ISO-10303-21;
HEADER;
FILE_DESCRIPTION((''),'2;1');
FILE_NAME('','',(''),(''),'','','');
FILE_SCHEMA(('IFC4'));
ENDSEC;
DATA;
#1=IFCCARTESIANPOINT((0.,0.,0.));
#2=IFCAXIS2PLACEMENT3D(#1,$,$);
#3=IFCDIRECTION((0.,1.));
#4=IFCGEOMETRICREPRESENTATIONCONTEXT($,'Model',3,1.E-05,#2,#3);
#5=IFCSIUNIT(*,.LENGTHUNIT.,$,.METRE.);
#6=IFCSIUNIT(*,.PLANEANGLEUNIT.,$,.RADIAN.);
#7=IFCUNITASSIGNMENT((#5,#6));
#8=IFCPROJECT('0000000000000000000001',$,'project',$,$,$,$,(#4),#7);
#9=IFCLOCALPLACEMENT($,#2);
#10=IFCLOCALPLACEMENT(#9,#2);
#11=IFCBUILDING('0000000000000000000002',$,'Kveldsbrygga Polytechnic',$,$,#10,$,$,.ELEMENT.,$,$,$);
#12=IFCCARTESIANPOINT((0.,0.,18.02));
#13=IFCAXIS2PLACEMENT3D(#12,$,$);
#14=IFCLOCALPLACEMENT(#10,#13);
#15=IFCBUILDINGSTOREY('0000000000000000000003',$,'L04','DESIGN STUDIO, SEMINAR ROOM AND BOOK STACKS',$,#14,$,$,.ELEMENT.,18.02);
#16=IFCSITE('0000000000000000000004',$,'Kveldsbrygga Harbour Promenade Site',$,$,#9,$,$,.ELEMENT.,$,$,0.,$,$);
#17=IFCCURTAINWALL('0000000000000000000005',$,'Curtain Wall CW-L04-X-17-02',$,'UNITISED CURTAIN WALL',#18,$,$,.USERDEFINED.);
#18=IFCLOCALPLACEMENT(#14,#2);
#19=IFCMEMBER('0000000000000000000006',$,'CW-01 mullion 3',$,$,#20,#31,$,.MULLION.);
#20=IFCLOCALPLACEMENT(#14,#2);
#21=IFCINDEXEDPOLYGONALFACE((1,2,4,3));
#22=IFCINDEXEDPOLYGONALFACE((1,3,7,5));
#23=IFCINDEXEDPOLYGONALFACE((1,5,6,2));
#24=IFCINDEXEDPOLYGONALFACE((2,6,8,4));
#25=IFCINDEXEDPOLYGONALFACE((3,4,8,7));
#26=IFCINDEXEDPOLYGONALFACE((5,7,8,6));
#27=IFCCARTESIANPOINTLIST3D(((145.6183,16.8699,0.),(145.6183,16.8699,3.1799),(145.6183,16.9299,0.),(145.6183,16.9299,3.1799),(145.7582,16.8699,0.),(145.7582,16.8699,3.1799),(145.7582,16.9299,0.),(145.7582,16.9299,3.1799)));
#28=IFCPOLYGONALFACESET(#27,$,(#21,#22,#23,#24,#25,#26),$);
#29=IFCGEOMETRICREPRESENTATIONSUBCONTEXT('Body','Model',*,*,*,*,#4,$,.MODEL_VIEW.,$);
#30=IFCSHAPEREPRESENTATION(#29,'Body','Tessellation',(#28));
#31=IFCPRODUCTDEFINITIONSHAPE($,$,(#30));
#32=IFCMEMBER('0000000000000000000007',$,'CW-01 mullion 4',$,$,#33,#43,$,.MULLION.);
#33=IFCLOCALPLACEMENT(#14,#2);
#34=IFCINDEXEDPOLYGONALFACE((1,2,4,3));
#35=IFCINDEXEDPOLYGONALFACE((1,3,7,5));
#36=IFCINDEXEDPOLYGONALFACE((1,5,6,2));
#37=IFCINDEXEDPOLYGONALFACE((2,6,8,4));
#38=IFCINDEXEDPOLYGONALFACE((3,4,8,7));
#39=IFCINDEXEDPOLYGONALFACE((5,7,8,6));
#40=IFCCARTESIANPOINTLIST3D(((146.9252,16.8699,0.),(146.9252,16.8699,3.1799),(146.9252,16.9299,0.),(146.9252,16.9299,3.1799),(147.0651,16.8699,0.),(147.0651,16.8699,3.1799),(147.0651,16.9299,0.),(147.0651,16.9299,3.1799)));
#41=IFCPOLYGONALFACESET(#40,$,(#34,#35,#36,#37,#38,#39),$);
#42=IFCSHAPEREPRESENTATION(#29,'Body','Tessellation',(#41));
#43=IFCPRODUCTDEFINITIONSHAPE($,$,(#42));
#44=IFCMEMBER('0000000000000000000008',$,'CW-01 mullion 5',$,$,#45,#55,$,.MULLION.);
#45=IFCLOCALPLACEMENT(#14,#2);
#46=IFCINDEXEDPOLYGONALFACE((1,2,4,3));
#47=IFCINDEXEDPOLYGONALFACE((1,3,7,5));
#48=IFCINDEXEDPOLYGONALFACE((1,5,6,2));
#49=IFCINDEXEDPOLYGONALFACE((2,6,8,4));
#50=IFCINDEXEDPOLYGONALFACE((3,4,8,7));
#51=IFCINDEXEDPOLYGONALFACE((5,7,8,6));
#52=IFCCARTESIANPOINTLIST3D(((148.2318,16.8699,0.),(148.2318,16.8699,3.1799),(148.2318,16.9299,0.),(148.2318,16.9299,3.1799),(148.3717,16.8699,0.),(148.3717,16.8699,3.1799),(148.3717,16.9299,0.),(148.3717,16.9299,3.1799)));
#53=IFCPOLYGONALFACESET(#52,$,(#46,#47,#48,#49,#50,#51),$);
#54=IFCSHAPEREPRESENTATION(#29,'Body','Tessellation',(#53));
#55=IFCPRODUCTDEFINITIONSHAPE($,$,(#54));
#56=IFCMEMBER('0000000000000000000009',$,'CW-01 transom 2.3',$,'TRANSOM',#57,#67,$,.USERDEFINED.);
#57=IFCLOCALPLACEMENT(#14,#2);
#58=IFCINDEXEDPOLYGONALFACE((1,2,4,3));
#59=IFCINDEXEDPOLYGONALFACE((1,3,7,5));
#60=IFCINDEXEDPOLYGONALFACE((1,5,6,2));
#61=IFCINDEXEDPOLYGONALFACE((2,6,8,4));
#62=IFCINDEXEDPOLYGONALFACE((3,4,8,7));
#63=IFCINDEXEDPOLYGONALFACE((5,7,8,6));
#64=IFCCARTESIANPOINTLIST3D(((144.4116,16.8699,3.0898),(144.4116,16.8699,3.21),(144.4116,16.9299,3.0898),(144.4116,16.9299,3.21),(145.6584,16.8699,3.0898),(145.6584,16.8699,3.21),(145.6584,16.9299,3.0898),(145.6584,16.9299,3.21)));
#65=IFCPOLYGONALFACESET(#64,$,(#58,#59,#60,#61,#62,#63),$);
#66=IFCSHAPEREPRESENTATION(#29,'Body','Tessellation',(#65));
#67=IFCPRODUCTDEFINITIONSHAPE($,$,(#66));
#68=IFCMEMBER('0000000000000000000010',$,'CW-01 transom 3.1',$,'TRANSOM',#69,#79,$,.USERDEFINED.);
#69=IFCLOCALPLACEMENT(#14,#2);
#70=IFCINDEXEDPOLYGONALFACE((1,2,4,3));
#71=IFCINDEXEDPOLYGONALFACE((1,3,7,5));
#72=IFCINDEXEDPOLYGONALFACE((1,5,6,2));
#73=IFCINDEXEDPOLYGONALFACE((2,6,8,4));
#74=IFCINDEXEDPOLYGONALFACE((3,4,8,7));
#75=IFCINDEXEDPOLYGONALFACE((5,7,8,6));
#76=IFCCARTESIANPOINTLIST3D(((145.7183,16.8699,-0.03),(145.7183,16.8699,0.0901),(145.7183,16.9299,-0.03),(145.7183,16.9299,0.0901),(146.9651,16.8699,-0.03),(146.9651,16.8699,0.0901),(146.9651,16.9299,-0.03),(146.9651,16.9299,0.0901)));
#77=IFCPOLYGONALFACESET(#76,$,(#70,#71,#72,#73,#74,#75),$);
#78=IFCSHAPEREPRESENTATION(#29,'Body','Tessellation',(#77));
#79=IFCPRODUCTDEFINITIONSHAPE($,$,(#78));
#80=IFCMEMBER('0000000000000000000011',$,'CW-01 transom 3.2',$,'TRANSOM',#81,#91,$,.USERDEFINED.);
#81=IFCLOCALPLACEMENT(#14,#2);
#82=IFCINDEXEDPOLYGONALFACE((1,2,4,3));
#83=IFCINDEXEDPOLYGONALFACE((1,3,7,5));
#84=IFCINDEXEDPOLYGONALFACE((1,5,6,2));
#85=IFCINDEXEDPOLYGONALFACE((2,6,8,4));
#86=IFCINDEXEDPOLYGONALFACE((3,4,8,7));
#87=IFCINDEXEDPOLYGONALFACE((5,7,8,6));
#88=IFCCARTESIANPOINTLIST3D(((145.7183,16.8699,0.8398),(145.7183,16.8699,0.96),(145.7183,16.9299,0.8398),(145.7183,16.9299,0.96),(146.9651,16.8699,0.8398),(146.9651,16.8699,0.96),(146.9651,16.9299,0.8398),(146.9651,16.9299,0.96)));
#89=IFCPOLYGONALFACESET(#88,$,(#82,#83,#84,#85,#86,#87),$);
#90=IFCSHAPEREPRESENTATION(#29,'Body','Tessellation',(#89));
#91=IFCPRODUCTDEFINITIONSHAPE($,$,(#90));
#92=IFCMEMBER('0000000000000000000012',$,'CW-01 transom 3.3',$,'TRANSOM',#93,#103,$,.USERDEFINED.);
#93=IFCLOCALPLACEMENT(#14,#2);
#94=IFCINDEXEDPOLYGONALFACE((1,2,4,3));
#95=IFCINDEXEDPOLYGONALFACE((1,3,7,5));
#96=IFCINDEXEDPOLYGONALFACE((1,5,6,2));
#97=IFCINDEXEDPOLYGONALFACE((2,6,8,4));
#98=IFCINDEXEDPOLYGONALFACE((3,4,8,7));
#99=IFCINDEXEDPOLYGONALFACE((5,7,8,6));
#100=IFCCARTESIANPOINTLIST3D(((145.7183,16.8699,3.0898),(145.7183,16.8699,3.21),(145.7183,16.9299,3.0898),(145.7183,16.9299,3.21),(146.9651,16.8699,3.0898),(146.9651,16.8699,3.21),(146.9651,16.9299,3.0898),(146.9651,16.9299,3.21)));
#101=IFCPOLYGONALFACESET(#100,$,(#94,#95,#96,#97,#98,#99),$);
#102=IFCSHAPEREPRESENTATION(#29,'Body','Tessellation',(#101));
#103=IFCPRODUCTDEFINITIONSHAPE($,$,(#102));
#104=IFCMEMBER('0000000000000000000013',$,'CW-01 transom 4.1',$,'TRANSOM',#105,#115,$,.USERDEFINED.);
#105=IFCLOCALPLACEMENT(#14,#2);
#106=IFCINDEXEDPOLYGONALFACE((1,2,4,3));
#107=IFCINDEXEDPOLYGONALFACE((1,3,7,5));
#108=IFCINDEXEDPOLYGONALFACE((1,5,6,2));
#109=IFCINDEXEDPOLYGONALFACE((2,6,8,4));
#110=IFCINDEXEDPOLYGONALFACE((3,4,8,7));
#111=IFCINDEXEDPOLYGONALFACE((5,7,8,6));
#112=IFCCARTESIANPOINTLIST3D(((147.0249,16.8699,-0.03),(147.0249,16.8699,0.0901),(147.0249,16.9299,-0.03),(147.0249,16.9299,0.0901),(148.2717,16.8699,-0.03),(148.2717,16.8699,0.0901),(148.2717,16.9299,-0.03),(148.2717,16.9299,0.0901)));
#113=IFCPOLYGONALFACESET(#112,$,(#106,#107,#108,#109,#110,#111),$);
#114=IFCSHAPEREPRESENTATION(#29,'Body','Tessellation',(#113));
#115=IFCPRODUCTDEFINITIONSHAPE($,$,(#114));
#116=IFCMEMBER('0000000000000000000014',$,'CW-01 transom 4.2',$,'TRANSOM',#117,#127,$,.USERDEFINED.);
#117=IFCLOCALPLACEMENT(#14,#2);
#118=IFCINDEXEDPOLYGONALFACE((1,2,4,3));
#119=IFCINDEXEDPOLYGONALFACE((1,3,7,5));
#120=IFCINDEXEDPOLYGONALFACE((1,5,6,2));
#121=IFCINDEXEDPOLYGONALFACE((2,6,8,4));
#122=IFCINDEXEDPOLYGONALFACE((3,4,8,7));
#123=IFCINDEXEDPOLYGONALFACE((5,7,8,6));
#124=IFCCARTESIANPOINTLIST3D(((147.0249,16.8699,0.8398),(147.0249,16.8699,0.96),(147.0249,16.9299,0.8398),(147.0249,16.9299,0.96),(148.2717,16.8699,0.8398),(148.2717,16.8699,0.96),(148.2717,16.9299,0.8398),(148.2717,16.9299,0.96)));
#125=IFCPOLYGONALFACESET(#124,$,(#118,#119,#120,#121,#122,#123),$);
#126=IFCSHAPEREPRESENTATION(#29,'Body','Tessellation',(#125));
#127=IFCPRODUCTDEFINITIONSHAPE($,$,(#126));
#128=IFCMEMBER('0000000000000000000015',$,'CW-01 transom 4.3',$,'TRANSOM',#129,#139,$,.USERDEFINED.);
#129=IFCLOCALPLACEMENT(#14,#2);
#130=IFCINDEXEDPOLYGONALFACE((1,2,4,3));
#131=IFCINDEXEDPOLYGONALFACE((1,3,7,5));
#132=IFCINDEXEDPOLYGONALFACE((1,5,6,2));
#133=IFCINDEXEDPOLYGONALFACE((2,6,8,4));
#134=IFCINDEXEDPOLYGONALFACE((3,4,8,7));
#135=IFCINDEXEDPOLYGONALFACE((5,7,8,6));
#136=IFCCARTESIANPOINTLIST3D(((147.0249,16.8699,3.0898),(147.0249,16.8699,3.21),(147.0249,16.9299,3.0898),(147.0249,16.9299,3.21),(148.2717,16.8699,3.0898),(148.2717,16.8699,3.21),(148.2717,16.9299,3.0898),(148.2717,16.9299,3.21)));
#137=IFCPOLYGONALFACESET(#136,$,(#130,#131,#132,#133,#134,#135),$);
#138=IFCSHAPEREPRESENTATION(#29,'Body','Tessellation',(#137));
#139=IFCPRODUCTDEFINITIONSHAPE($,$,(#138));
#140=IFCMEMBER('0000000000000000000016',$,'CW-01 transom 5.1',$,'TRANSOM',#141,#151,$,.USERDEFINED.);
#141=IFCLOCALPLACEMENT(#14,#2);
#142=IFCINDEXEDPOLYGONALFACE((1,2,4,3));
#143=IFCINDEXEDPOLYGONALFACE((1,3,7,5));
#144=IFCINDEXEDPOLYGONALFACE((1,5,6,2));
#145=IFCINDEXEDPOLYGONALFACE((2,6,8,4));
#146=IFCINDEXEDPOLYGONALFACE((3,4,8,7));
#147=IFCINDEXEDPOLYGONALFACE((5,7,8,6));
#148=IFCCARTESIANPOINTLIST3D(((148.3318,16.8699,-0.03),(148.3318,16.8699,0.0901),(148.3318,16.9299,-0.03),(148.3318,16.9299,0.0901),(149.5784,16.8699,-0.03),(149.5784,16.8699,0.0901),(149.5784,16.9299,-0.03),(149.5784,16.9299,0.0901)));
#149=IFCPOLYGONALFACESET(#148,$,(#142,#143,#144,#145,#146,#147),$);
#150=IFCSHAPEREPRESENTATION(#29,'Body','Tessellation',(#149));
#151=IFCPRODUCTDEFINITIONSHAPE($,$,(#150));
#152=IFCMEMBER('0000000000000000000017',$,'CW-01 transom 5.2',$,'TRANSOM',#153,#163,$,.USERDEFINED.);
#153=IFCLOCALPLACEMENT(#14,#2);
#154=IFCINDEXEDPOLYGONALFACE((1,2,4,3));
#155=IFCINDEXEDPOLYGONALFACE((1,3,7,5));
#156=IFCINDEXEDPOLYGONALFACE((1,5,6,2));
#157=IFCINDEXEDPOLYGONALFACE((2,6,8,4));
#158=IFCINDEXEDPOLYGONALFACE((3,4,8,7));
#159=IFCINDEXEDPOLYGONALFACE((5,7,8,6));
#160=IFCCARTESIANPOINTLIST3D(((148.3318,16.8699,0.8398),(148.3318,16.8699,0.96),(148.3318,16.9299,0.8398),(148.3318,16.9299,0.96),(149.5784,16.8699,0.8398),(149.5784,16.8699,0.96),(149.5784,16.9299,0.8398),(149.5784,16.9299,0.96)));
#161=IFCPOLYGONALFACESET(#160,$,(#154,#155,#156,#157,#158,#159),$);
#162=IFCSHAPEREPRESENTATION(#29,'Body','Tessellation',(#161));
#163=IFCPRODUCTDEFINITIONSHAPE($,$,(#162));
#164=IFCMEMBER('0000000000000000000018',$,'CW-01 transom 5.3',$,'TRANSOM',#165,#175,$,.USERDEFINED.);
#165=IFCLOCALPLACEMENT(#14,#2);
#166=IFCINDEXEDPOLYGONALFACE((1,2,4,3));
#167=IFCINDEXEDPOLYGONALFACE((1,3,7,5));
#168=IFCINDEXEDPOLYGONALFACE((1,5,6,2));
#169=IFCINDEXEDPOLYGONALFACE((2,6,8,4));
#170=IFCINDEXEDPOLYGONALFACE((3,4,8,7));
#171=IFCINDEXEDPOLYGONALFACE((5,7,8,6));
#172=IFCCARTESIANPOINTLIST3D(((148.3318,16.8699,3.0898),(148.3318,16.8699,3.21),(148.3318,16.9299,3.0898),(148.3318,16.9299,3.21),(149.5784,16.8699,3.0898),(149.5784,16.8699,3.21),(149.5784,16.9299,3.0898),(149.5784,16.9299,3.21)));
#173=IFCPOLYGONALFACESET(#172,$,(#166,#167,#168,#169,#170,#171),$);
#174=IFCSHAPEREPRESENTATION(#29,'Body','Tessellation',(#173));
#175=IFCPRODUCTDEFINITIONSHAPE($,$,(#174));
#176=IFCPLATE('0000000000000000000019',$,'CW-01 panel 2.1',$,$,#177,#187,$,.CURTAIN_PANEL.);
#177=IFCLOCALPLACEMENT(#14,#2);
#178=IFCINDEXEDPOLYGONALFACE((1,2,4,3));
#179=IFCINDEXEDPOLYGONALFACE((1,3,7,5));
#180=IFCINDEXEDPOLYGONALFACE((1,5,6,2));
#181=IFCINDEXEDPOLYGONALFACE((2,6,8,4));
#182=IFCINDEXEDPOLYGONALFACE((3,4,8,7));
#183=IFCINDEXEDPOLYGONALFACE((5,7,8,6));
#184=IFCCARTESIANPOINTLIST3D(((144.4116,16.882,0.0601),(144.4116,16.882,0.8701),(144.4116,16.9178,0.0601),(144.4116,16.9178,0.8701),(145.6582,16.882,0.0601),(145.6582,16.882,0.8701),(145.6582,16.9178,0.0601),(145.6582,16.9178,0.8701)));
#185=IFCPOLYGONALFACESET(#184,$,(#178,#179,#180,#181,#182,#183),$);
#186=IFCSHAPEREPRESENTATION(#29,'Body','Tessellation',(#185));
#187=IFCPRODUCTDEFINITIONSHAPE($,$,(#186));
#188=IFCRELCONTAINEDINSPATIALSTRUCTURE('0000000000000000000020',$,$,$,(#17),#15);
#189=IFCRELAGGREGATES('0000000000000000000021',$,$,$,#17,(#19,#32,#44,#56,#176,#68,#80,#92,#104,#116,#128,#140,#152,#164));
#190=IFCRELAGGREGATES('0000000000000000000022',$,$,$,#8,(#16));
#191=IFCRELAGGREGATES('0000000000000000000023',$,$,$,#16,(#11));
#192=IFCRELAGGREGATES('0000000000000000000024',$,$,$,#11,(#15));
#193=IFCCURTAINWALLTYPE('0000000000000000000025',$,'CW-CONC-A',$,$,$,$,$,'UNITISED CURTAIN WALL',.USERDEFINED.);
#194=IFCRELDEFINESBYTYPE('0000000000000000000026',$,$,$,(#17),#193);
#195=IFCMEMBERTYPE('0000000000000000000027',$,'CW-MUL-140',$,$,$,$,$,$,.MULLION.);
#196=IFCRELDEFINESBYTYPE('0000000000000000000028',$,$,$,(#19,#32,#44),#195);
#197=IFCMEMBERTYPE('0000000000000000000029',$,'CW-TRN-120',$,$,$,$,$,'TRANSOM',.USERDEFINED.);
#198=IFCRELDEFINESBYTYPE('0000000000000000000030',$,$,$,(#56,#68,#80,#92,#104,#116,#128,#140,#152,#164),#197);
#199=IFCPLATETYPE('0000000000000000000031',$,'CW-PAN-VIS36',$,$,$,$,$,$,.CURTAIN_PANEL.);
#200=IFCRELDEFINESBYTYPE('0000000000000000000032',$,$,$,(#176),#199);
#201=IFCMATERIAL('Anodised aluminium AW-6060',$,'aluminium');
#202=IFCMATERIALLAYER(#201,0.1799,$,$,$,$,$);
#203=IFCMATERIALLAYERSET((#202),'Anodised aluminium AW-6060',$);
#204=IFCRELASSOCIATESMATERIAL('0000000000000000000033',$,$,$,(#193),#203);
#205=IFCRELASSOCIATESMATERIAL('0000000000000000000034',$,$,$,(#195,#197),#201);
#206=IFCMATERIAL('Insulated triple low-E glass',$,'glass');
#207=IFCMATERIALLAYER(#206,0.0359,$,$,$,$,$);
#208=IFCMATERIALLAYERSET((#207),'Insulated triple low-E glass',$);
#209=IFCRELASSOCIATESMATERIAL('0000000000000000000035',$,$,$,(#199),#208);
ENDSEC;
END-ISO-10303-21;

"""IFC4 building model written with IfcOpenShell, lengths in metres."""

from ifc_helpers import new_model, si_unit, direction, frame, origin, origin_2d, place, context, subcontext, project, spatial, rectangle, extrude, material, layer, layer_set, material_profile, profile_set, type_object, element, aggregate, save


model = new_model("IFC4")

# Units and contexts
model_context = context("Model", 3, precision=1e-05, world=origin(), true_north=direction((0.0, 1.0)))
body_context = subcontext(model_context, "Body", "Model", "MODEL_VIEW")
ifc_project = project(units=[si_unit("LENGTHUNIT", "METRE"), si_unit("PLANEANGLEUNIT", "RADIAN")], contexts=[model_context])

# Site, building, storey
site_placement = place(None, origin())
site = spatial("IfcSite", under=ifc_project, at=site_placement, Name="Kveldsbrygga Harbour Promenade Site", CompositionType="ELEMENT", RefElevation=0.0)
building_placement = place(site_placement, origin())
building = spatial("IfcBuilding", under=site, at=building_placement, Name="Kveldsbrygga Polytechnic", CompositionType="ELEMENT")
storey_placement = place(building_placement, frame((0.0, 0.0, 18.02)))
storey = spatial("IfcBuildingStorey", under=building, at=storey_placement, Name="L04", Description="DESIGN STUDIO, SEMINAR ROOM AND BOOK STACKS", CompositionType="ELEMENT", Elevation=18.02)

# Curtain wall, members, plate
ifc_material_1 = material(Name="Anodised aluminium AW-6060", Category="aluminium")
ifc_layer_1 = layer(ifc_material_1, 0.1799)
ifc_layer_set_1 = layer_set([ifc_layer_1], Name="Anodised aluminium AW-6060")
curtain_wall_type = type_object("IfcCurtainWallType", Name="CW-CONC-A", ElementType="UNITISED CURTAIN WALL", PredefinedType="USERDEFINED", material=ifc_layer_set_1)
curtain_wall_placement = place(storey_placement, origin())
curtain_wall = element("IfcCurtainWall", 1, at=curtain_wall_placement, inside=storey, type_object=curtain_wall_type, Name="Curtain Wall CW-L04-X-17-02", ObjectType="UNITISED CURTAIN WALL", PredefinedType="USERDEFINED")
ifc_material_profile_1 = material_profile(ifc_material_1, rectangle(XDim=0.0601, YDim=0.1399, at=origin_2d()), Name="ALU 60x140")
ifc_profile_set_1 = profile_set([ifc_material_profile_1], Name="Anodised aluminium AW-6060")
member_type_1 = type_object("IfcMemberType", Name="CW-MUL-140", PredefinedType="MULLION", material=ifc_profile_set_1)
member_1_placement = place(storey_placement, frame((145.6882, 16.8999, 0.0), z_axis=(0.0, 0.0, 1.0), x_axis=(0.0, 1.0, 0.0)))
member_1 = element("IfcMember", 2, at=member_1_placement, type_object=member_type_1, Name="CW-01 mullion 3", PredefinedType="MULLION", context=body_context, shape_type="SweptSolid", body=[
    extrude(rectangle(XDim=0.0601, YDim=0.1399, at=origin_2d()), origin(), (0.0, 0.0, 1.0), 3.1799),
])
member_2_placement = place(storey_placement, frame((146.9951, 16.8999, 0.0), z_axis=(0.0, 0.0, 1.0), x_axis=(0.0, 1.0, 0.0)))
member_2 = element("IfcMember", 3, at=member_2_placement, type_object=member_type_1, Name="CW-01 mullion 4", PredefinedType="MULLION", context=body_context, shape_type="SweptSolid", body=[
    extrude(rectangle(XDim=0.0601, YDim=0.1399, at=origin_2d()), origin(), (0.0, 0.0, 1.0), 3.1799),
])
member_3_placement = place(storey_placement, frame((148.3018, 16.8999, 0.0), z_axis=(0.0, 0.0, 1.0), x_axis=(0.0, 1.0, 0.0)))
member_3 = element("IfcMember", 4, at=member_3_placement, type_object=member_type_1, Name="CW-01 mullion 5", PredefinedType="MULLION", context=body_context, shape_type="SweptSolid", body=[
    extrude(rectangle(XDim=0.0601, YDim=0.1399, at=origin_2d()), origin(), (0.0, 0.0, 1.0), 3.1799),
])
ifc_material_profile_2 = material_profile(ifc_material_1, rectangle(XDim=0.0601, YDim=0.1201, at=origin_2d()), Name="ALU 60x120")
ifc_profile_set_2 = profile_set([ifc_material_profile_2], Name="Anodised aluminium AW-6060")
member_type_2 = type_object("IfcMemberType", Name="CW-TRN-120", ElementType="TRANSOM", PredefinedType="USERDEFINED", material=ifc_profile_set_2)
member_4_placement = place(storey_placement, frame((144.4116, 16.8999, 3.1499), z_axis=(1.0, 0.0, 0.0), x_axis=(0.0, 1.0, 0.0)))
member_4 = element("IfcMember", 5, at=member_4_placement, type_object=member_type_2, Name="CW-01 transom 2.3", ObjectType="TRANSOM", PredefinedType="USERDEFINED", context=body_context, shape_type="SweptSolid", body=[
    extrude(rectangle(XDim=0.0601, YDim=0.1201, at=origin_2d()), origin(), (0.0, 0.0, 1.0), 1.2468),
])
member_5_placement = place(storey_placement, frame((145.7183, 16.8999, 0.03), z_axis=(1.0, 0.0, 0.0), x_axis=(0.0, 1.0, 0.0)))
member_5 = element("IfcMember", 6, at=member_5_placement, type_object=member_type_2, Name="CW-01 transom 3.1", ObjectType="TRANSOM", PredefinedType="USERDEFINED", context=body_context, shape_type="SweptSolid", body=[
    extrude(rectangle(XDim=0.0601, YDim=0.1201, at=origin_2d()), origin(), (0.0, 0.0, 1.0), 1.2468),
])
member_6_placement = place(storey_placement, frame((145.7183, 16.8999, 0.8999), z_axis=(1.0, 0.0, 0.0), x_axis=(0.0, 1.0, 0.0)))
member_6 = element("IfcMember", 7, at=member_6_placement, type_object=member_type_2, Name="CW-01 transom 3.2", ObjectType="TRANSOM", PredefinedType="USERDEFINED", context=body_context, shape_type="SweptSolid", body=[
    extrude(rectangle(XDim=0.0601, YDim=0.1201, at=origin_2d()), origin(), (0.0, 0.0, 1.0), 1.2468),
])
member_7_placement = place(storey_placement, frame((145.7183, 16.8999, 3.1499), z_axis=(1.0, 0.0, 0.0), x_axis=(0.0, 1.0, 0.0)))
member_7 = element("IfcMember", 8, at=member_7_placement, type_object=member_type_2, Name="CW-01 transom 3.3", ObjectType="TRANSOM", PredefinedType="USERDEFINED", context=body_context, shape_type="SweptSolid", body=[
    extrude(rectangle(XDim=0.0601, YDim=0.1201, at=origin_2d()), origin(), (0.0, 0.0, 1.0), 1.2468),
])
member_8_placement = place(storey_placement, frame((147.0249, 16.8999, 0.03), z_axis=(1.0, 0.0, 0.0), x_axis=(0.0, 1.0, 0.0)))
member_8 = element("IfcMember", 9, at=member_8_placement, type_object=member_type_2, Name="CW-01 transom 4.1", ObjectType="TRANSOM", PredefinedType="USERDEFINED", context=body_context, shape_type="SweptSolid", body=[
    extrude(rectangle(XDim=0.0601, YDim=0.1201, at=origin_2d()), origin(), (0.0, 0.0, 1.0), 1.2468),
])
member_9_placement = place(storey_placement, frame((147.0249, 16.8999, 0.8999), z_axis=(1.0, 0.0, 0.0), x_axis=(0.0, 1.0, 0.0)))
member_9 = element("IfcMember", 10, at=member_9_placement, type_object=member_type_2, Name="CW-01 transom 4.2", ObjectType="TRANSOM", PredefinedType="USERDEFINED", context=body_context, shape_type="SweptSolid", body=[
    extrude(rectangle(XDim=0.0601, YDim=0.1201, at=origin_2d()), origin(), (0.0, 0.0, 1.0), 1.2468),
])
member_10_placement = place(storey_placement, frame((147.0249, 16.8999, 3.1499), z_axis=(1.0, 0.0, 0.0), x_axis=(0.0, 1.0, 0.0)))
member_10 = element("IfcMember", 11, at=member_10_placement, type_object=member_type_2, Name="CW-01 transom 4.3", ObjectType="TRANSOM", PredefinedType="USERDEFINED", context=body_context, shape_type="SweptSolid", body=[
    extrude(rectangle(XDim=0.0601, YDim=0.1201, at=origin_2d()), origin(), (0.0, 0.0, 1.0), 1.2468),
])
member_11_placement = place(storey_placement, frame((148.3318, 16.8999, 0.03), z_axis=(1.0, 0.0, 0.0), x_axis=(0.0, 1.0, 0.0)))
member_11 = element("IfcMember", 12, at=member_11_placement, type_object=member_type_2, Name="CW-01 transom 5.1", ObjectType="TRANSOM", PredefinedType="USERDEFINED", context=body_context, shape_type="SweptSolid", body=[
    extrude(rectangle(XDim=0.0601, YDim=0.1201, at=origin_2d()), origin(), (0.0, 0.0, 1.0), 1.2466),
])
member_12_placement = place(storey_placement, frame((148.3318, 16.8999, 0.8999), z_axis=(1.0, 0.0, 0.0), x_axis=(0.0, 1.0, 0.0)))
member_12 = element("IfcMember", 13, at=member_12_placement, type_object=member_type_2, Name="CW-01 transom 5.2", ObjectType="TRANSOM", PredefinedType="USERDEFINED", context=body_context, shape_type="SweptSolid", body=[
    extrude(rectangle(XDim=0.0601, YDim=0.1201, at=origin_2d()), origin(), (0.0, 0.0, 1.0), 1.2466),
])
member_13_placement = place(storey_placement, frame((148.3318, 16.8999, 3.1499), z_axis=(1.0, 0.0, 0.0), x_axis=(0.0, 1.0, 0.0)))
member_13 = element("IfcMember", 14, at=member_13_placement, type_object=member_type_2, Name="CW-01 transom 5.3", ObjectType="TRANSOM", PredefinedType="USERDEFINED", context=body_context, shape_type="SweptSolid", body=[
    extrude(rectangle(XDim=0.0601, YDim=0.1201, at=origin_2d()), origin(), (0.0, 0.0, 1.0), 1.2466),
])
ifc_material_2 = material(Name="Insulated triple low-E glass", Category="glass")
ifc_layer_2 = layer(ifc_material_2, 0.0359)
ifc_layer_set_2 = layer_set([ifc_layer_2], Name="Insulated triple low-E glass")
plate_type = type_object("IfcPlateType", Name="CW-PAN-VIS36", PredefinedType="CURTAIN_PANEL", material=ifc_layer_set_2)
plate_1_placement = place(storey_placement, frame((145.0349, 16.8999, 0.0601), z_axis=(0.0, 0.0, 1.0), x_axis=(1.0, 0.0, 0.0)))
plate_1 = element("IfcPlate", 15, at=plate_1_placement, type_object=plate_type, Name="CW-01 panel 2.1", PredefinedType="CURTAIN_PANEL", context=body_context, shape_type="SweptSolid", body=[
    extrude(rectangle(XDim=1.2466, YDim=0.0359, at=origin_2d()), origin(), (0.0, 0.0, 1.0), 0.8101),
])
aggregate(curtain_wall, [member_1, member_2, member_3, member_4, plate_1, member_5, member_6, member_7, member_8, member_9, member_10, member_11, member_12, member_13])

save(model, "model.ifc")
